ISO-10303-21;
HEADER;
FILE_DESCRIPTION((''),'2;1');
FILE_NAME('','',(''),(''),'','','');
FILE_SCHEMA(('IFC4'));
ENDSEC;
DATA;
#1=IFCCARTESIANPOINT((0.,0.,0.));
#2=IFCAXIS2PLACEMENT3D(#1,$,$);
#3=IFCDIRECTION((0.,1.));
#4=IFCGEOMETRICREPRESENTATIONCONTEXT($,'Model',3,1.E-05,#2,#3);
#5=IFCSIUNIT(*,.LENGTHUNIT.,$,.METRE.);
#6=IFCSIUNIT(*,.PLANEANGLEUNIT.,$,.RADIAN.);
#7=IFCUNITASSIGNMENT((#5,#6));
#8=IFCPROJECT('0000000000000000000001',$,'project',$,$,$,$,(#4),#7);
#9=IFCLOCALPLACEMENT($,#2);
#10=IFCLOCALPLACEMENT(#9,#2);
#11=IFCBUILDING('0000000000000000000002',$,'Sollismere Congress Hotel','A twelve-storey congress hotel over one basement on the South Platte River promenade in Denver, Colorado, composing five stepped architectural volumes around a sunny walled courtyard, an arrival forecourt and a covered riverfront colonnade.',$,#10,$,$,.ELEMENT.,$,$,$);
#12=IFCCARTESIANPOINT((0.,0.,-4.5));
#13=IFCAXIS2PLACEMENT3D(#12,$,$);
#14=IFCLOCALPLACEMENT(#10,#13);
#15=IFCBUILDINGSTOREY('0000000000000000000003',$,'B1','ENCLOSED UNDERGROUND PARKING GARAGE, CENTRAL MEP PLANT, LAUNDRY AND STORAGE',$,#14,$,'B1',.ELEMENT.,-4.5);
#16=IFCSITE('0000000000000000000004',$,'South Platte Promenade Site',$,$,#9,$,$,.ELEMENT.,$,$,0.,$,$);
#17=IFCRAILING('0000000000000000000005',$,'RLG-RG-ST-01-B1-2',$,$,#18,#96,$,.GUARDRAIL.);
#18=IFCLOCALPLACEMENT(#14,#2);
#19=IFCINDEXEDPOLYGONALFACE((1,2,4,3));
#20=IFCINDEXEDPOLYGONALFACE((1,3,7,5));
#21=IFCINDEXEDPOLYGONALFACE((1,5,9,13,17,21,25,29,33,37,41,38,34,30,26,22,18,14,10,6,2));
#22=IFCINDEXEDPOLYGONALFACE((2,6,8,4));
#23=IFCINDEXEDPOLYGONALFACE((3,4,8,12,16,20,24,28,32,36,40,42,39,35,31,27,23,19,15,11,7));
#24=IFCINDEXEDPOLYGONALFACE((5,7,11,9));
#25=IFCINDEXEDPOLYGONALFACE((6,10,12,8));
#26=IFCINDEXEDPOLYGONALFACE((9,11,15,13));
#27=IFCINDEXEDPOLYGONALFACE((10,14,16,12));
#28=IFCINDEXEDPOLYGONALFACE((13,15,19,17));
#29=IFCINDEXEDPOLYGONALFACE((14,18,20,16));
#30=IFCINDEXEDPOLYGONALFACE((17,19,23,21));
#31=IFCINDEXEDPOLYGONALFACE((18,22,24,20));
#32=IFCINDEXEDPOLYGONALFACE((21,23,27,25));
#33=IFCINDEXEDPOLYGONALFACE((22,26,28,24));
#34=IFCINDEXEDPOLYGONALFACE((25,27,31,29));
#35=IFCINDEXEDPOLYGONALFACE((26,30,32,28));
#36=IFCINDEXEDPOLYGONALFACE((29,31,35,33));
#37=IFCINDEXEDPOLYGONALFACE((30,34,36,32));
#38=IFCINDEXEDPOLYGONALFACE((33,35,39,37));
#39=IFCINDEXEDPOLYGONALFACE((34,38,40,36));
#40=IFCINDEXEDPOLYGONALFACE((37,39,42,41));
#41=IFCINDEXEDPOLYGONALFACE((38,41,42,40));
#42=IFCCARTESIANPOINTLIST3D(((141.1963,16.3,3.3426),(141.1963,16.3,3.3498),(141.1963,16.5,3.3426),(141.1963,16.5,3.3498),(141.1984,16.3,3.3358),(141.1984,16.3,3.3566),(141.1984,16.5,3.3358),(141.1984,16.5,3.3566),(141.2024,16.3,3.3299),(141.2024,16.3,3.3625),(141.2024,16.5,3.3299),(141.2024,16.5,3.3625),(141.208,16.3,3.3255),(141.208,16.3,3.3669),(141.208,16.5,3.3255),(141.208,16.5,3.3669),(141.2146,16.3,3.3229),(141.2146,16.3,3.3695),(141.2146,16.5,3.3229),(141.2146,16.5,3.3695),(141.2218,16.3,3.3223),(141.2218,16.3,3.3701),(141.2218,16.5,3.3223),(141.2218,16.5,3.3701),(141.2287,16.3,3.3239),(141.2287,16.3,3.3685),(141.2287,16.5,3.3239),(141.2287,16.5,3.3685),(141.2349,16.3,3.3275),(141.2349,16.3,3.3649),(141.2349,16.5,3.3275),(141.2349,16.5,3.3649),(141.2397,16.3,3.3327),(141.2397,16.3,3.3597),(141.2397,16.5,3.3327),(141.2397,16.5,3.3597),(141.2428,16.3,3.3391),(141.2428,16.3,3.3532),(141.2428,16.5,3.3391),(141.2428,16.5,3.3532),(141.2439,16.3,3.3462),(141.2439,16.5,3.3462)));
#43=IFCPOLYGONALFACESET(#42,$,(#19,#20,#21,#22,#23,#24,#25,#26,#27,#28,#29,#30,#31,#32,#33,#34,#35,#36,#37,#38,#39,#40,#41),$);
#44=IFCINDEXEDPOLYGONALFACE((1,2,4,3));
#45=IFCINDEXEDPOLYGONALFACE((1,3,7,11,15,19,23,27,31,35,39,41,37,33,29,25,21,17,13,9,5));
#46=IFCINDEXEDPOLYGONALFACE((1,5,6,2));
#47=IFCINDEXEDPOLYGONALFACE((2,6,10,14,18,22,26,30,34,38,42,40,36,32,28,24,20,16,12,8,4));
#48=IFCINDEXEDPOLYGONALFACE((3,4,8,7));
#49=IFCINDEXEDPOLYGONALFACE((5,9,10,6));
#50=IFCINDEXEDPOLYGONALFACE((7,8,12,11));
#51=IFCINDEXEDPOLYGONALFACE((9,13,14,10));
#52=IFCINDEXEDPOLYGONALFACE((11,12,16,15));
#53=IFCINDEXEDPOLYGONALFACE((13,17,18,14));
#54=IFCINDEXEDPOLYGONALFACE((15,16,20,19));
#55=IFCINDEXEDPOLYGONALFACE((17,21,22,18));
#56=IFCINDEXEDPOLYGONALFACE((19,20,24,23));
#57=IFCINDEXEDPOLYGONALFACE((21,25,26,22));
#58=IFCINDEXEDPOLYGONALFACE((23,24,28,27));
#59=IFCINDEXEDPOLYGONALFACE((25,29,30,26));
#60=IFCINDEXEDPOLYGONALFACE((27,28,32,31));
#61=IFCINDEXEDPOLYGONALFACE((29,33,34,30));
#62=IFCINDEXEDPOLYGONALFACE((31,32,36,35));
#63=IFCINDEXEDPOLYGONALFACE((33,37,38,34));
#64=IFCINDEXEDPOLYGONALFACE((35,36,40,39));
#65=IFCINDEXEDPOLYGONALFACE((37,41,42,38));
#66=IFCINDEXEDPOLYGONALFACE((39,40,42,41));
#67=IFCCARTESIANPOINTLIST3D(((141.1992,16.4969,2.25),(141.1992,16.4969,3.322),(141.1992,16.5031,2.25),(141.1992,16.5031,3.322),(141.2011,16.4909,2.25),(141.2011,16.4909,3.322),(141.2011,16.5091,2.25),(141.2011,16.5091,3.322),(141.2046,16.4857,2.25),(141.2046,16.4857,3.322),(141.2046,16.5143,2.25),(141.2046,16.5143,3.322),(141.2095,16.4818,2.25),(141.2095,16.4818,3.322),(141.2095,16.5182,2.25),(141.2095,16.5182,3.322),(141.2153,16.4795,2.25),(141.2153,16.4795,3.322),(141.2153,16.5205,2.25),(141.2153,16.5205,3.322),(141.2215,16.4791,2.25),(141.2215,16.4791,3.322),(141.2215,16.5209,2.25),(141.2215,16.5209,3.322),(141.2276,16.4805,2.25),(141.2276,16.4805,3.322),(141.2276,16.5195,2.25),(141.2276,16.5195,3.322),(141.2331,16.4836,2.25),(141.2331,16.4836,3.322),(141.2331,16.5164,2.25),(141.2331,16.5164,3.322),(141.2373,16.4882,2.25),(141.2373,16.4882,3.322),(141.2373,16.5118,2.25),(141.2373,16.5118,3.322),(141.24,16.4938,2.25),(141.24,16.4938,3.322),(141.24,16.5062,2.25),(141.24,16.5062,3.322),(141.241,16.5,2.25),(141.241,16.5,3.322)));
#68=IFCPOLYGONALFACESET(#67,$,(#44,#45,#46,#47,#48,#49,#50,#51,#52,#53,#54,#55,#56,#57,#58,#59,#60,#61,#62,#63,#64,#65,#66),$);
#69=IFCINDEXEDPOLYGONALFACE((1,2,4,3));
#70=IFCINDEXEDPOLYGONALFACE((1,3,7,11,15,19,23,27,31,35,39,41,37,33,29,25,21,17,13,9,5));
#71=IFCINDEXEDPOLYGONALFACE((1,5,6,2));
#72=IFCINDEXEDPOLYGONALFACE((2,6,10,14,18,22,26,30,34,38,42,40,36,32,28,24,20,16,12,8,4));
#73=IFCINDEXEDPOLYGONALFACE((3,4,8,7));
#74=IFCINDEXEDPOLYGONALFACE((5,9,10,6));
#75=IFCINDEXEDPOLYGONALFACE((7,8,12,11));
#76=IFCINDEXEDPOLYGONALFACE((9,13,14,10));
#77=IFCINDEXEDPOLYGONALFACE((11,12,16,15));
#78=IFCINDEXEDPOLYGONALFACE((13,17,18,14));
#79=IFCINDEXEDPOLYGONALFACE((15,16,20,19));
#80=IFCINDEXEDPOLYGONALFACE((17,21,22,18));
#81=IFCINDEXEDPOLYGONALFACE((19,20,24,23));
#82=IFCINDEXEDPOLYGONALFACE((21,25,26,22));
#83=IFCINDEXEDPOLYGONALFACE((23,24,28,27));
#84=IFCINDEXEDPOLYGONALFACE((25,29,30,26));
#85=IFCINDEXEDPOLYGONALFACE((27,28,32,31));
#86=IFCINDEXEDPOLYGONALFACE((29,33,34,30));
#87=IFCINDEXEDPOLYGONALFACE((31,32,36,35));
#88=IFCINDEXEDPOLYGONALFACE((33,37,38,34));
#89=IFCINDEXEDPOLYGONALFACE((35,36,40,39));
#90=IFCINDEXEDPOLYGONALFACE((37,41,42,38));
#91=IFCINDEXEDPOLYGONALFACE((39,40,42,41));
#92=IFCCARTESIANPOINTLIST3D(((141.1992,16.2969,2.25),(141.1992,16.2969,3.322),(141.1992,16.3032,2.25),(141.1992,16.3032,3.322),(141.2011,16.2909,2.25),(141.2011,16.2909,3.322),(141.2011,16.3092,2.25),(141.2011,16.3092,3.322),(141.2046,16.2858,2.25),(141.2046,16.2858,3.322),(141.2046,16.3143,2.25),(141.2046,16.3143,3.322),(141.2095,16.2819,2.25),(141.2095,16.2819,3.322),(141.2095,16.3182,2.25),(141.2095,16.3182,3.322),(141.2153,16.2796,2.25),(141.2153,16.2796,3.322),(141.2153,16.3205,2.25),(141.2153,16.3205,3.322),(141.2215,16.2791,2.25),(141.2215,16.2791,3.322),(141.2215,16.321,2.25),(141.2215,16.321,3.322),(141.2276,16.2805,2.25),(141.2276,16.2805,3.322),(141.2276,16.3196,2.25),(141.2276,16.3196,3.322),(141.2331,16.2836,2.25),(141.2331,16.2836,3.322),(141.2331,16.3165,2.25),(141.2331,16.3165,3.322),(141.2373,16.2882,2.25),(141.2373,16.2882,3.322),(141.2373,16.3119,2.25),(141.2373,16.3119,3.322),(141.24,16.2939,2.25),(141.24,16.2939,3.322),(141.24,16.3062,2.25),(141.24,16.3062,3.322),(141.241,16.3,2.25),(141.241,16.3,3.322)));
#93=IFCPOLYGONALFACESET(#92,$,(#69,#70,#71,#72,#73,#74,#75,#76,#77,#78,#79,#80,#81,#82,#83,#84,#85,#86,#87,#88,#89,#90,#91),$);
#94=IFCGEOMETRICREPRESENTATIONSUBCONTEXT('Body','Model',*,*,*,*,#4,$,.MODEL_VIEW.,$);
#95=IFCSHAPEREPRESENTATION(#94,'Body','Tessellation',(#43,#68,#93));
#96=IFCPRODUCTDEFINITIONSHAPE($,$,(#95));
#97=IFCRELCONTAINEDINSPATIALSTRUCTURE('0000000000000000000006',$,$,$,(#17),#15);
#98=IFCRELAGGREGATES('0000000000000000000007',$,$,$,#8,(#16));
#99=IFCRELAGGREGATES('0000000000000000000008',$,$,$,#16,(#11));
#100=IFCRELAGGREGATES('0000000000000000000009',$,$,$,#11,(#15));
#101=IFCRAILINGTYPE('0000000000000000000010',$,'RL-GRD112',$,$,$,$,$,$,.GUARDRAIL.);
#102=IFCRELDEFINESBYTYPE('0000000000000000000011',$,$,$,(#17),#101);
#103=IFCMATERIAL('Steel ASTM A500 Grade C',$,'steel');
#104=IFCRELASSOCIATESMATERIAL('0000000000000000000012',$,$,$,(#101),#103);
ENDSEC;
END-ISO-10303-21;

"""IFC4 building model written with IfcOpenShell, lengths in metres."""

from ifc_helpers import new_model, si_unit, direction, frame, origin, origin_2d, place, context, subcontext, project, spatial, circle, extrude, material, type_object, element, save


model = new_model("IFC4")

# Units and contexts
model_context = context("Model", 3, precision=1e-05, world=origin(), true_north=direction((0.0, 1.0)))
body_context = subcontext(model_context, "Body", "Model", "MODEL_VIEW")
ifc_project = project(units=[si_unit("LENGTHUNIT", "METRE"), si_unit("PLANEANGLEUNIT", "RADIAN")], contexts=[model_context])

# Site, building, storey
site_placement = place(None, origin())
site = spatial("IfcSite", under=ifc_project, at=site_placement, Name="South Platte Promenade Site", CompositionType="ELEMENT", RefElevation=0.0)
building_placement = place(site_placement, origin())
building = spatial("IfcBuilding", under=site, at=building_placement, Name="Sollismere Congress Hotel", Description="A twelve-storey congress hotel over one basement on the South Platte River promenade in Denver, Colorado, composing five stepped architectural volumes around a sunny walled courtyard, an arrival forecourt and a covered riverfront colonnade.", CompositionType="ELEMENT")
storey_placement = place(building_placement, frame((0.0, 0.0, -4.5)))
storey = spatial("IfcBuildingStorey", under=building, at=storey_placement, Name="B1", Description="ENCLOSED UNDERGROUND PARKING GARAGE, CENTRAL MEP PLANT, LAUNDRY AND STORAGE", LongName="B1", CompositionType="ELEMENT", Elevation=-4.5)

# Railing
ifc_material_1 = material(Name="Steel ASTM A500 Grade C", Category="steel")
railing_type_1 = type_object("IfcRailingType", Name="RL-GRD112", PredefinedType="GUARDRAIL", material=ifc_material_1)
railing_1_placement = place(storey_placement, frame((141.22, 16.5, 2.25)))
element("IfcRailing", 1, at=railing_1_placement, inside=storey, type_object=railing_type_1, Name="RLG-RG-ST-01-B1-2", PredefinedType="GUARDRAIL", context=body_context, shape_type="SweptSolid", body=[
    extrude(circle(Radius=0.0239, at=origin_2d()), frame((0.0, 0.0, 1.0962), z_axis=(0.0, -1.0, 0.0), x_axis=(1.0, 0.0, 0.0)), (0.0, 0.0, 1.0), 0.2),
    extrude(circle(Radius=0.021, at=origin_2d()), origin(), (0.0, 0.0, 1.0), 1.072),
    extrude(circle(Radius=0.021, at=origin_2d()), frame((0.0, -0.2, 0.0)), (0.0, 0.0, 1.0), 1.072),
])

save(model, "model.ifc")
